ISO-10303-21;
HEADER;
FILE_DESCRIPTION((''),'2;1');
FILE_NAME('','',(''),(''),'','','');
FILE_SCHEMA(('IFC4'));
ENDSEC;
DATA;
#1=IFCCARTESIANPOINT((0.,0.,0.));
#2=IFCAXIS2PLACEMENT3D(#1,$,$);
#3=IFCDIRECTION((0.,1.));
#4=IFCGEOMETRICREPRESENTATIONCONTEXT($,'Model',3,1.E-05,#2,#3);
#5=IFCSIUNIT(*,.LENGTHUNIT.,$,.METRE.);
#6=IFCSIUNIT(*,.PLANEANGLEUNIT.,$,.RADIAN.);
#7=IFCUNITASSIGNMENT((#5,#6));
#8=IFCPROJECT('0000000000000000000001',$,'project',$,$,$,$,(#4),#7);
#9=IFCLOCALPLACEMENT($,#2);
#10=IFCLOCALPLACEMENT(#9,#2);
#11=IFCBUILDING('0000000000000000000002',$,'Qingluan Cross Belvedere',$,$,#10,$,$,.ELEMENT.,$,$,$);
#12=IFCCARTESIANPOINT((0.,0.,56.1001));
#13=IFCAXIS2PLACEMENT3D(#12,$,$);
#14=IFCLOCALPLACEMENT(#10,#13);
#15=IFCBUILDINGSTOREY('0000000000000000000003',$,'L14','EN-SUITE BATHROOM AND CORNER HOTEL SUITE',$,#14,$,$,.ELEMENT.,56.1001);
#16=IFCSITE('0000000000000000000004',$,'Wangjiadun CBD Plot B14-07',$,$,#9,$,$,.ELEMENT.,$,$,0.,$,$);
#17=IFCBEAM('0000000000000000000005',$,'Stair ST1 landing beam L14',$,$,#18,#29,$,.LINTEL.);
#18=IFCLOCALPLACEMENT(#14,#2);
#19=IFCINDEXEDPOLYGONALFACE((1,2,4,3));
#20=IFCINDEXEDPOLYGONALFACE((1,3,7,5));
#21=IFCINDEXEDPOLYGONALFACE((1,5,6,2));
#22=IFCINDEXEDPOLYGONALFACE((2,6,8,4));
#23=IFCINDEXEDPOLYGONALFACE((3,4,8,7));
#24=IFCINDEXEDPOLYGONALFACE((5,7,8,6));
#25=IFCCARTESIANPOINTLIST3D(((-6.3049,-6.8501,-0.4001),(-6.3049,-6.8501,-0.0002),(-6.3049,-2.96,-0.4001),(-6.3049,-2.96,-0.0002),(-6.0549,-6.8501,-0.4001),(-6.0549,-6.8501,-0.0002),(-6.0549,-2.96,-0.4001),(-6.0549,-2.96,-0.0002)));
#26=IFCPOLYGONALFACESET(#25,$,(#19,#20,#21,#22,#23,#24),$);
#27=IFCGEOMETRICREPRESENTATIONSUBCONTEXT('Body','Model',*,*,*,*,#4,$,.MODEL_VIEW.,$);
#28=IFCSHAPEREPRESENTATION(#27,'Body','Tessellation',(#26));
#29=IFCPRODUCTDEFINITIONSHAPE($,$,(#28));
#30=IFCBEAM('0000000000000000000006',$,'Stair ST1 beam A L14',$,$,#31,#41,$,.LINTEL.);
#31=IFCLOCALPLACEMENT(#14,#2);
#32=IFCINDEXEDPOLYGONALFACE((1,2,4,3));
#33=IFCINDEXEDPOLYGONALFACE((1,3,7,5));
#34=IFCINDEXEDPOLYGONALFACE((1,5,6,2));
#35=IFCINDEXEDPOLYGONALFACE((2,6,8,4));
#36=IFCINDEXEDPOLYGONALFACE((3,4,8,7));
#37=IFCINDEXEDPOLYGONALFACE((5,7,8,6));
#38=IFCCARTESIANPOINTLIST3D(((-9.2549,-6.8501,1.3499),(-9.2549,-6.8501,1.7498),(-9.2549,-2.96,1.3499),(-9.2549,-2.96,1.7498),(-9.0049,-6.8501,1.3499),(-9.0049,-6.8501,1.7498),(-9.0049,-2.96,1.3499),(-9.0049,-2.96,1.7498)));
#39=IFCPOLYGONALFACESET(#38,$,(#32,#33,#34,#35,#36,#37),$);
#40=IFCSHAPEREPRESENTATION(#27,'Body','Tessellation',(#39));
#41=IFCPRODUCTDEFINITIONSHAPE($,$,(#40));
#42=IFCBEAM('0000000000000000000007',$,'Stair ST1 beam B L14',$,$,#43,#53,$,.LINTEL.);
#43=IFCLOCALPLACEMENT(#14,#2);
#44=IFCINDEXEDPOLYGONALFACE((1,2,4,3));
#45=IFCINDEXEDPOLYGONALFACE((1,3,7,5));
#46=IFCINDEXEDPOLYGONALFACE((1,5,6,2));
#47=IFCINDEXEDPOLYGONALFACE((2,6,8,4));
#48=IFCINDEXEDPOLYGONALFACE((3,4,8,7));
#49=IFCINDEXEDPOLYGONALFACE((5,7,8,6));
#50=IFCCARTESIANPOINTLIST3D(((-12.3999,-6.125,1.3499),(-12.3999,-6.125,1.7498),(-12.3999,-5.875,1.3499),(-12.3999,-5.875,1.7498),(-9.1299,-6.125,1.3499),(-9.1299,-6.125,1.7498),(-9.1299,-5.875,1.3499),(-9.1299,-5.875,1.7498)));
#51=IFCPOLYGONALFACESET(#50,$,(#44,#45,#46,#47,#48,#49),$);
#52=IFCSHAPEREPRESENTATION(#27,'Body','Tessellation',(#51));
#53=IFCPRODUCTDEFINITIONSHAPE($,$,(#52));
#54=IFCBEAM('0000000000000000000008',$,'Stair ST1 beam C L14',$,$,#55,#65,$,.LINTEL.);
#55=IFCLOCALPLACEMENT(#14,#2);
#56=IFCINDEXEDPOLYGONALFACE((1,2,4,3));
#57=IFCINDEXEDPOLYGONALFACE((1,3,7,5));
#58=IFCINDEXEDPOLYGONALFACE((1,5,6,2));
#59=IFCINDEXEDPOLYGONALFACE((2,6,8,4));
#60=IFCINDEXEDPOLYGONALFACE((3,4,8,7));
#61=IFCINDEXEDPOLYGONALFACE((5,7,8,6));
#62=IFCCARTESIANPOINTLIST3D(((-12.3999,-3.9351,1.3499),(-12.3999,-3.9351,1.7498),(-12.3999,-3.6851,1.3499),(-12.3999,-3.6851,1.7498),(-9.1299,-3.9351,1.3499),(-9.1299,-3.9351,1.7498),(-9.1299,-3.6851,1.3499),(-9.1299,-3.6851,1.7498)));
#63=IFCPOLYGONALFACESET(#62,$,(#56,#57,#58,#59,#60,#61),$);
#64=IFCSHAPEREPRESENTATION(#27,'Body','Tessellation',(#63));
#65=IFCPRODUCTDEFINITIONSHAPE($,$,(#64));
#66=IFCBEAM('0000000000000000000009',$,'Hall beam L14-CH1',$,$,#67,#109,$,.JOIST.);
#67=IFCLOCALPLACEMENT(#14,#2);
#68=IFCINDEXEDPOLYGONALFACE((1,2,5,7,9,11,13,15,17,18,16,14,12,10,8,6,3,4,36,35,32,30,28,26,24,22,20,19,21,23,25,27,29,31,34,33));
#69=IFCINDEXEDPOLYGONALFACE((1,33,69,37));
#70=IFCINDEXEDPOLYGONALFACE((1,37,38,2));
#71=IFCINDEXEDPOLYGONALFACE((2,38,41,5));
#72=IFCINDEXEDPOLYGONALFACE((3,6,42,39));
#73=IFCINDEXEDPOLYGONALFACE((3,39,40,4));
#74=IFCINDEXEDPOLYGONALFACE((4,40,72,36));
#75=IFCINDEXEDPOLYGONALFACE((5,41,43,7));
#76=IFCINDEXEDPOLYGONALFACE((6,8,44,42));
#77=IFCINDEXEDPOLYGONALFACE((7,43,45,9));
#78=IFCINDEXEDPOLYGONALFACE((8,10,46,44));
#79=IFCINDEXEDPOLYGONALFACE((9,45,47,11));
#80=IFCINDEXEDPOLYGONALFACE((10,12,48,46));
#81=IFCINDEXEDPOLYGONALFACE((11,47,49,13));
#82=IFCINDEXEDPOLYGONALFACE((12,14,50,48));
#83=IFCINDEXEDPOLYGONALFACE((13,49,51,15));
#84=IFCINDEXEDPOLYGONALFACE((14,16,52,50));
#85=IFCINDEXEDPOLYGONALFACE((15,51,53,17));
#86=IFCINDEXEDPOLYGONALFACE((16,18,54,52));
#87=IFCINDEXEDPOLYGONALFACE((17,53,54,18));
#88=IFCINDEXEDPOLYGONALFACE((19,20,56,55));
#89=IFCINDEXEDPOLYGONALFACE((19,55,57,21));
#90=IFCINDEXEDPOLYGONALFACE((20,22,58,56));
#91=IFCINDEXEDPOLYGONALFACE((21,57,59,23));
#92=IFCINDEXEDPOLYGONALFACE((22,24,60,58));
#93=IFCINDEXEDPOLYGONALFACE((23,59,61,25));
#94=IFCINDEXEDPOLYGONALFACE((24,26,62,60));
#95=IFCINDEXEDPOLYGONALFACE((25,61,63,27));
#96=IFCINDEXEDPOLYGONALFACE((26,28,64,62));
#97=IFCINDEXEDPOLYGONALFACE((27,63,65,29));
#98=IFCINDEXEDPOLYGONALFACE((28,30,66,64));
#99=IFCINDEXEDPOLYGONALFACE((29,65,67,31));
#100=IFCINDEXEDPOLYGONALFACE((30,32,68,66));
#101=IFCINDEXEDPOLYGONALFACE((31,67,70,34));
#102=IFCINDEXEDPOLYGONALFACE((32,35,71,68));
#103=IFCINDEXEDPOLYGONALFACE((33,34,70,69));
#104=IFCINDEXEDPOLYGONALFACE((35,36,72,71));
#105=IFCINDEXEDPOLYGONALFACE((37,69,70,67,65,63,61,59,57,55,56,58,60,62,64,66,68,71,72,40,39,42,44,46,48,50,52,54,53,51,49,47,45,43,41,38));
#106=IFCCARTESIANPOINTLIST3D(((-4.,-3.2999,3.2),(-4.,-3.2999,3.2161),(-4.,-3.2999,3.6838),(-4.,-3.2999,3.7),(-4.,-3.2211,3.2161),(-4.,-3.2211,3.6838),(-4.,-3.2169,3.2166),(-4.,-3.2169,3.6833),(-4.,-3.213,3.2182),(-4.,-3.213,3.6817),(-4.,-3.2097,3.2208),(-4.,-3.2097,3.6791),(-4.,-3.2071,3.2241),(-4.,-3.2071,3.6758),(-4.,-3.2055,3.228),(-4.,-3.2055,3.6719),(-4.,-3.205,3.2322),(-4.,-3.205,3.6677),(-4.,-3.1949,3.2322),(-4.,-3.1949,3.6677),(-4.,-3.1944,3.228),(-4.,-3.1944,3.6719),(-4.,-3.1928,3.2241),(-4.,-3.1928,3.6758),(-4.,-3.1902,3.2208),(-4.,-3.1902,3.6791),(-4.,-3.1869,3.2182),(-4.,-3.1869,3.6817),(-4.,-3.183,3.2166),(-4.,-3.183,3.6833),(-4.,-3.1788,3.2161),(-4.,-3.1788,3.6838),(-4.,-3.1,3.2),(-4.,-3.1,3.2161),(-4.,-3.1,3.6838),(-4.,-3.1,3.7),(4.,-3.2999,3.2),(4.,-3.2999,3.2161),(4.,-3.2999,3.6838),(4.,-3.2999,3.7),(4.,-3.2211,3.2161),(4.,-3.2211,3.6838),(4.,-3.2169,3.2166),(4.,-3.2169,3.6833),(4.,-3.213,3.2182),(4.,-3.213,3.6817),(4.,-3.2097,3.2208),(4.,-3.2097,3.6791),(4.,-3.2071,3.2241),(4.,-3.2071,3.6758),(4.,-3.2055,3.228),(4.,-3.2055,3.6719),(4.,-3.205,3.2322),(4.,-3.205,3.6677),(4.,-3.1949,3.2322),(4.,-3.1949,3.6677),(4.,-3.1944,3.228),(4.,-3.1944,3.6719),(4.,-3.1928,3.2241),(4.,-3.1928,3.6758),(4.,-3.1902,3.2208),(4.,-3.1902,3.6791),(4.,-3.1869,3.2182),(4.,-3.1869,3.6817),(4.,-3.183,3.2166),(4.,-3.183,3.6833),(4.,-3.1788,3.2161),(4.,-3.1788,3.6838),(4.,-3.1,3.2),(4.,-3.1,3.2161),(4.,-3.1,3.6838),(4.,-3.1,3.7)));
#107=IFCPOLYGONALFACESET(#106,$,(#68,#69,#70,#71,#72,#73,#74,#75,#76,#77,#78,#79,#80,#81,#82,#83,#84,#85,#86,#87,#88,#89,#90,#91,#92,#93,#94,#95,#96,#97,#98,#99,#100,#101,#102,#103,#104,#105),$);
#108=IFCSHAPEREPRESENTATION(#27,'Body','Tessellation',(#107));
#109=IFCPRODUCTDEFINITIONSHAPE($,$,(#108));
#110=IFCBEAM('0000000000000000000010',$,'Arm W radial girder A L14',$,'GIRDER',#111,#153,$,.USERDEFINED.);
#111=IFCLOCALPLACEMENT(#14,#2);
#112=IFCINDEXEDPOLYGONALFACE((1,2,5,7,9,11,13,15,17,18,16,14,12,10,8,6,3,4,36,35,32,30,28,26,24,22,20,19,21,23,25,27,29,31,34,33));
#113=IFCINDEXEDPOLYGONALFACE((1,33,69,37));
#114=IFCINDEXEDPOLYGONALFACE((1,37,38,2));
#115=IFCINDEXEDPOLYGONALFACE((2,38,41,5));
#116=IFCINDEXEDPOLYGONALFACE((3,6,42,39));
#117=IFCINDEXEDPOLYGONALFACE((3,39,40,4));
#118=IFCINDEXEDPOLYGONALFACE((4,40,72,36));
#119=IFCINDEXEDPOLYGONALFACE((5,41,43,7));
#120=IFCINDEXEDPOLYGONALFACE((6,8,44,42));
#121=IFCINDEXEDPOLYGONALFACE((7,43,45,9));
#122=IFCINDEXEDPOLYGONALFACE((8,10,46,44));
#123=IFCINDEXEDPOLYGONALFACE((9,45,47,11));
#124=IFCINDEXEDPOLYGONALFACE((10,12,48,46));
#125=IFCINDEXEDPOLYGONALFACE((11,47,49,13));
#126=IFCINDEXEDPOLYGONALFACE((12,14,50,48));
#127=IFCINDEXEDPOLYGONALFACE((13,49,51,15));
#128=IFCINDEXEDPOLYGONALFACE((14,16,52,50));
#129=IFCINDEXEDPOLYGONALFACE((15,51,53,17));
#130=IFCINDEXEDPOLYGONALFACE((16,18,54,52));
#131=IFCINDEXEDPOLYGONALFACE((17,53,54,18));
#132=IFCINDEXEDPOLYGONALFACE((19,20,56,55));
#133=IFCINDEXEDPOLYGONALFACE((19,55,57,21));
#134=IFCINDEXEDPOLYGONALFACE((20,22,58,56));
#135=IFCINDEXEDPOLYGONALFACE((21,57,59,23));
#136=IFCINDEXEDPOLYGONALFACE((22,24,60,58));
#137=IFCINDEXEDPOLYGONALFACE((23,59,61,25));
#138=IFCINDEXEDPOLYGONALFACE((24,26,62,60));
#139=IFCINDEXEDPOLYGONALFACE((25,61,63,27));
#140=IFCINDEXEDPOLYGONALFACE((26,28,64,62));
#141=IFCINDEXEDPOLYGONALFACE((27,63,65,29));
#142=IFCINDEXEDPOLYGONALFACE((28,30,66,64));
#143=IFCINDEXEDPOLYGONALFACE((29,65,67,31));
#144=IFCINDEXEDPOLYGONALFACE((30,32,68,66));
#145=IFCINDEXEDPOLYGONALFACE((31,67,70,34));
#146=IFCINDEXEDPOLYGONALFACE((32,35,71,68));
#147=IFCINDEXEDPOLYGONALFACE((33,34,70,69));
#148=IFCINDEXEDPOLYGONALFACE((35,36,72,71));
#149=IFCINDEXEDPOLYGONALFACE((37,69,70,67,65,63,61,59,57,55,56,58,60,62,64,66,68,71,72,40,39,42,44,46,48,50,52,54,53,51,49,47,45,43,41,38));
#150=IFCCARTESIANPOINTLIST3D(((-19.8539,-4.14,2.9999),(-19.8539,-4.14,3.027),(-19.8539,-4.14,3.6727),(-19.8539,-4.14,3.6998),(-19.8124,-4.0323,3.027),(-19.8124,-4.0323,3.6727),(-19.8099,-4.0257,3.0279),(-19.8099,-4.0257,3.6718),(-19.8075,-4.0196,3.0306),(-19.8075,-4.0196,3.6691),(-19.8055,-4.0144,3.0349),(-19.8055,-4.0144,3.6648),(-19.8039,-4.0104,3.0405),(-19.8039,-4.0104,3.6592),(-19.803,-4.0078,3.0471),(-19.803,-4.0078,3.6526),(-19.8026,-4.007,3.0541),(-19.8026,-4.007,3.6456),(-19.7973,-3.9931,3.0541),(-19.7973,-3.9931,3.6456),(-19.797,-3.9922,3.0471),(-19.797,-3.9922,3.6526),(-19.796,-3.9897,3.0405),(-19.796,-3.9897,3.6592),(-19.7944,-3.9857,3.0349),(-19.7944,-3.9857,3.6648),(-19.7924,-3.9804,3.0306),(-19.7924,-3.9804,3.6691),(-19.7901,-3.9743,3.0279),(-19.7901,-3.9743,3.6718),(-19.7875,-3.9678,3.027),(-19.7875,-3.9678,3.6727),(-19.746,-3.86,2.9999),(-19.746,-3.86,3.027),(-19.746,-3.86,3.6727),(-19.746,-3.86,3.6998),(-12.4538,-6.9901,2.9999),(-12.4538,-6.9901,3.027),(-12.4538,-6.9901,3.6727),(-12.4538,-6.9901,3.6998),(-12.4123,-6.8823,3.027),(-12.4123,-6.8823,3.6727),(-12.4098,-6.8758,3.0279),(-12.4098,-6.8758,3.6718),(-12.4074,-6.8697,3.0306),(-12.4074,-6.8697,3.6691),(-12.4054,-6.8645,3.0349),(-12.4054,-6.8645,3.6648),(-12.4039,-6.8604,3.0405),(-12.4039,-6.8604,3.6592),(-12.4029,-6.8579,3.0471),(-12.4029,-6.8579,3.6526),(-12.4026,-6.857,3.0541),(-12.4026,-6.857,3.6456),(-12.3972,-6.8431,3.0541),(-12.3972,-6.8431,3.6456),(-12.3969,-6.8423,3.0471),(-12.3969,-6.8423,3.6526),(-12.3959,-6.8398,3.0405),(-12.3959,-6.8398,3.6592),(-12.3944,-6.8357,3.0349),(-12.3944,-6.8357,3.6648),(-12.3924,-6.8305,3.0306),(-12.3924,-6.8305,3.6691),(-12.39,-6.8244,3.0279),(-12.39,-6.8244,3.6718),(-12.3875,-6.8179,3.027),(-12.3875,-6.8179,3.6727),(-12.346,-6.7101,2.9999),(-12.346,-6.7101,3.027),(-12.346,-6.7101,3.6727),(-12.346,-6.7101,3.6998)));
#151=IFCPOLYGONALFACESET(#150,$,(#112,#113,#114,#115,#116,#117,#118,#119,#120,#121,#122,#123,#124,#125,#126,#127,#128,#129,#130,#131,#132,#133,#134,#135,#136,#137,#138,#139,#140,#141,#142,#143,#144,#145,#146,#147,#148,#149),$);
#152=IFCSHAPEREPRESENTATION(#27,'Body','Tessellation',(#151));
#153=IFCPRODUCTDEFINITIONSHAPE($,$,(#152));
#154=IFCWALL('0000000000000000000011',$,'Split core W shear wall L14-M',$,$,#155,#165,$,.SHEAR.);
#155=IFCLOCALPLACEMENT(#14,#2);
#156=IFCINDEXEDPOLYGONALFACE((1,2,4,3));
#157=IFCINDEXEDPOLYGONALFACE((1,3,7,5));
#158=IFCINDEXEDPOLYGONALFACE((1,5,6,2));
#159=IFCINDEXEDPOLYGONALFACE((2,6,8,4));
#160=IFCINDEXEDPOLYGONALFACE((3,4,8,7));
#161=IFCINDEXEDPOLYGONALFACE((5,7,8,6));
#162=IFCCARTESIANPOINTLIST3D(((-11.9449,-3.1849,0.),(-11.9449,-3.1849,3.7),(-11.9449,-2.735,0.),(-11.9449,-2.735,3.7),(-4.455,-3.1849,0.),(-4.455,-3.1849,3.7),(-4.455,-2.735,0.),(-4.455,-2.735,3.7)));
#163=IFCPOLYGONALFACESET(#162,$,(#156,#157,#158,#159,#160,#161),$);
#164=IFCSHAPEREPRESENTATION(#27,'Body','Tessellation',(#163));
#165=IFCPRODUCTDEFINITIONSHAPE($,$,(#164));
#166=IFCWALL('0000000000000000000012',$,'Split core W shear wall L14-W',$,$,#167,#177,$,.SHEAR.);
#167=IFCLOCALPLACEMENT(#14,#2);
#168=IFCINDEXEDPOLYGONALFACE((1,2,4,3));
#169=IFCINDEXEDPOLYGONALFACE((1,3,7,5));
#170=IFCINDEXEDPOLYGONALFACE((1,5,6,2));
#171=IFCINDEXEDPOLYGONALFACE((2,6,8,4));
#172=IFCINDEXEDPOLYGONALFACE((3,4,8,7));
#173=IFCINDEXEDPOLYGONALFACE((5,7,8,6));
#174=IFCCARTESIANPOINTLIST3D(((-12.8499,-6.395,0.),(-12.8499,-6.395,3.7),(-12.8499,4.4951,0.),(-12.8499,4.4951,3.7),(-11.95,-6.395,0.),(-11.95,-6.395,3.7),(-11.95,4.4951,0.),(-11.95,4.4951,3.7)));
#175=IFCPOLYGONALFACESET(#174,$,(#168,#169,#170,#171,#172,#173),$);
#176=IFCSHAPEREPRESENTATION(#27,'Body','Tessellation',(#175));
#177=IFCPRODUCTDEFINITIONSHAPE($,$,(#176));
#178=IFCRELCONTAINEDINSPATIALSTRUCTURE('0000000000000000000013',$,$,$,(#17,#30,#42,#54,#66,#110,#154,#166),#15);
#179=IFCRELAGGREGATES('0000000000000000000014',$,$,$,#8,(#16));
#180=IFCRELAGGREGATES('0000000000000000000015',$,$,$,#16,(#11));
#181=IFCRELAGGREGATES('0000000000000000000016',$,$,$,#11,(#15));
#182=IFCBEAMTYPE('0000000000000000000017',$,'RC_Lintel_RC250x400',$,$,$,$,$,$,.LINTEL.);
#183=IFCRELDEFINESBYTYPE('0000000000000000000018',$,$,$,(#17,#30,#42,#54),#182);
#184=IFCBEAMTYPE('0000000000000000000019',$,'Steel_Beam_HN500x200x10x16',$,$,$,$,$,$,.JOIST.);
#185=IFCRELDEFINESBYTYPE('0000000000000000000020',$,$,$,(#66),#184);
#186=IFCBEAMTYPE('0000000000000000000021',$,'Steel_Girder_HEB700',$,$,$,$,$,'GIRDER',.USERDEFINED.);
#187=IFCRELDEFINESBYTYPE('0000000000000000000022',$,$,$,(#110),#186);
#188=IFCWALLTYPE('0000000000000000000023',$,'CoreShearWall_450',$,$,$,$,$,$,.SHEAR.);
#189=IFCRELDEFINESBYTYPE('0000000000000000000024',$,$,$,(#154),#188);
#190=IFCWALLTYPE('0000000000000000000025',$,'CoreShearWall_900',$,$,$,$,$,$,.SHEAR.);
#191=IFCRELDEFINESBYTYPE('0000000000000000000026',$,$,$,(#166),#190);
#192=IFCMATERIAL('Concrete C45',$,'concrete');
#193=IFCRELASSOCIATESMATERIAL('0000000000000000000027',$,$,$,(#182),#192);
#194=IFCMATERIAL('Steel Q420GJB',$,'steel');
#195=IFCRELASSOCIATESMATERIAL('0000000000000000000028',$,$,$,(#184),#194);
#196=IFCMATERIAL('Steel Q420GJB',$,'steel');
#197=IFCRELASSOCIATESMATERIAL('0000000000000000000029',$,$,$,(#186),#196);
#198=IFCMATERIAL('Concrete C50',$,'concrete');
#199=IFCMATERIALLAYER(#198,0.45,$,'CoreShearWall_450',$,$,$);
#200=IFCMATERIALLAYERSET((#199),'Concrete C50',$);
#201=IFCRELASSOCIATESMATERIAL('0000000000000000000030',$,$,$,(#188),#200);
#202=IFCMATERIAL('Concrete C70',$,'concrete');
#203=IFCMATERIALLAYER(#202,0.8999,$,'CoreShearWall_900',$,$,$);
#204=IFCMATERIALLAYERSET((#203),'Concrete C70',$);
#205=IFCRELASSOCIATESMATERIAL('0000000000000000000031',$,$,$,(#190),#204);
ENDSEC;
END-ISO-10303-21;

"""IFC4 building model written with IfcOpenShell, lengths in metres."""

from ifc_helpers import new_model, si_unit, direction, frame, frame_2d, origin, origin_2d, place, context, subcontext, project, spatial, rectangle, i_section, extrude, material, layer, layer_set, material_profile, profile_set, type_object, element, save


model = new_model("IFC4")

# Units and contexts
model_context = context("Model", 3, precision=1e-05, world=origin(), true_north=direction((0.0, 1.0)))
body_context = subcontext(model_context, "Body", "Model", "MODEL_VIEW")
ifc_project = project(units=[si_unit("LENGTHUNIT", "METRE"), si_unit("PLANEANGLEUNIT", "RADIAN")], contexts=[model_context])

# Site, building, storey
site_placement = place(None, origin())
site = spatial("IfcSite", under=ifc_project, at=site_placement, Name="Wangjiadun CBD Plot B14-07", CompositionType="ELEMENT", RefElevation=0.0)
building_placement = place(site_placement, origin())
building = spatial("IfcBuilding", under=site, at=building_placement, Name="Qingluan Cross Belvedere", CompositionType="ELEMENT")
storey_placement = place(building_placement, frame((0.0, 0.0, 56.1001)))
storey = spatial("IfcBuildingStorey", under=building, at=storey_placement, Name="L14", Description="EN-SUITE BATHROOM AND CORNER HOTEL SUITE", CompositionType="ELEMENT", Elevation=56.1001)

# Beams
ifc_material_1 = material(Name="Concrete C45", Category="concrete")
ifc_material_profile_1 = material_profile(ifc_material_1, rectangle(XDim=0.25, YDim=0.3999, at=origin_2d()), Name="RC250x400")
ifc_profile_set_1 = profile_set([ifc_material_profile_1], Name="Concrete C45")
beam_type_1 = type_object("IfcBeamType", Name="RC_Lintel_RC250x400", PredefinedType="LINTEL", material=ifc_profile_set_1)
for number, where, z_axis, x_axis, name in (
    (1, (-6.1799, -6.8501, -0.2002), (0.0, 1.0, 0.0), (-1.0, 0.0, 0.0), "Stair ST1 landing beam L14"),
    (2, (-9.1299, -6.8501, 1.5498), (0.0, 1.0, 0.0), (-1.0, 0.0, 0.0), "Stair ST1 beam A L14"),
):
    element("IfcBeam", number, at=place(storey_placement, frame(where, z_axis=z_axis, x_axis=x_axis)), inside=storey, type_object=beam_type_1, Name=name, PredefinedType="LINTEL", context=body_context, shape_type="SweptSolid", body=[
        extrude(rectangle(XDim=0.25, YDim=0.3999, at=origin_2d()), origin(), (0.0, 0.0, 1.0), 3.8901),
    ])
for number, where, z_axis, x_axis, name in (
    (3, (-12.3999, -6.0, 1.5498), (1.0, 0.0, 0.0), (0.0, 1.0, 0.0), "Stair ST1 beam B L14"),
    (4, (-12.3999, -3.8101, 1.5498), (1.0, 0.0, 0.0), (0.0, 1.0, 0.0), "Stair ST1 beam C L14"),
):
    element("IfcBeam", number, at=place(storey_placement, frame(where, z_axis=z_axis, x_axis=x_axis)), inside=storey, type_object=beam_type_1, Name=name, PredefinedType="LINTEL", context=body_context, shape_type="SweptSolid", body=[
        extrude(rectangle(XDim=0.25, YDim=0.3999, at=origin_2d()), origin(), (0.0, 0.0, 1.0), 3.27),
    ])
ifc_material_2 = material(Name="Steel Q420GJB", Category="steel")
ifc_material_profile_2 = material_profile(ifc_material_2, i_section(OverallWidth=0.2, OverallDepth=0.5, WebThickness=0.01, FlangeThickness=0.0161, FilletRadius=0.0161, at=origin_2d()), Name="HN500x200x10x16")
ifc_profile_set_2 = profile_set([ifc_material_profile_2], Name="Steel Q420GJB")
beam_type_2 = type_object("IfcBeamType", Name="Steel_Beam_HN500x200x10x16", PredefinedType="JOIST", material=ifc_profile_set_2)
beam_1_placement = place(storey_placement, frame((-4.0, -3.2, 3.45), z_axis=(1.0, 0.0, 0.0), x_axis=(0.0, 1.0, 0.0)))
element("IfcBeam", 5, at=beam_1_placement, inside=storey, type_object=beam_type_2, Name="Hall beam L14-CH1", PredefinedType="JOIST", context=body_context, shape_type="SweptSolid", body=[
    extrude(i_section(OverallWidth=0.2, OverallDepth=0.5, WebThickness=0.01, FlangeThickness=0.0161, FilletRadius=0.0161, at=origin_2d()), origin(), (0.0, 0.0, 1.0), 8.0),
])
ifc_material_3 = material(Name="Steel Q420GJB", Category="steel")
ifc_material_profile_3 = material_profile(ifc_material_3, i_section(OverallWidth=0.3, OverallDepth=0.7, WebThickness=0.0149, FlangeThickness=0.0271, FilletRadius=0.0271, at=origin_2d()), Name="HEB700")
ifc_profile_set_3 = profile_set([ifc_material_profile_3], Name="Steel Q420GJB")
beam_type_3 = type_object("IfcBeamType", Name="Steel_Girder_HEB700", ElementType="GIRDER", PredefinedType="USERDEFINED", material=ifc_profile_set_3)
beam_2_placement = place(storey_placement, frame((-12.3999, -6.8501, 3.3499), z_axis=(-0.933181, 0.359406, 0.0), x_axis=(-0.359406, -0.933181, 0.0)))
element("IfcBeam", 6, at=beam_2_placement, inside=storey, type_object=beam_type_3, Name="Arm W radial girder A L14", ObjectType="GIRDER", PredefinedType="USERDEFINED", context=body_context, shape_type="SweptSolid", body=[
    extrude(i_section(OverallWidth=0.3, OverallDepth=0.7, WebThickness=0.0149, FlangeThickness=0.0271, FilletRadius=0.0271, at=origin_2d()), origin(), (0.0, 0.0, 1.0), 7.9299),
])

# Walls
ifc_material_4 = material(Name="Concrete C50", Category="concrete")
ifc_layer_1 = layer(ifc_material_4, 0.45, Name="CoreShearWall_450")
ifc_layer_set_1 = layer_set([ifc_layer_1], Name="Concrete C50")
wall_type_1 = type_object("IfcWallType", Name="CoreShearWall_450", PredefinedType="SHEAR", material=ifc_layer_set_1)
wall_1_placement = place(storey_placement, frame((-11.9451, -2.96, 0.0), z_axis=(0.0, 0.0, 1.0), x_axis=(1.0, 0.0, 0.0)))
element("IfcWall", 7, at=wall_1_placement, inside=storey, type_object=wall_type_1, Name="Split core W shear wall L14-M", PredefinedType="SHEAR", context=body_context, shape_type="SweptSolid", body=[
    extrude(rectangle(XDim=7.49, YDim=0.45, at=frame_2d((3.7451, 0.0))), origin(), (0.0, 0.0, 1.0), 3.7),
])
ifc_material_5 = material(Name="Concrete C70", Category="concrete")
ifc_layer_2 = layer(ifc_material_5, 0.8999, Name="CoreShearWall_900")
ifc_layer_set_2 = layer_set([ifc_layer_2], Name="Concrete C70")
wall_type_2 = type_object("IfcWallType", Name="CoreShearWall_900", PredefinedType="SHEAR", material=ifc_layer_set_2)
wall_2_placement = place(storey_placement, frame((-12.3999, -6.395, 0.0), z_axis=(0.0, 0.0, 1.0), x_axis=(0.0, 1.0, 0.0)))
element("IfcWall", 8, at=wall_2_placement, inside=storey, type_object=wall_type_2, Name="Split core W shear wall L14-W", PredefinedType="SHEAR", context=body_context, shape_type="SweptSolid", body=[
    extrude(rectangle(XDim=10.8901, YDim=0.8999, at=frame_2d((5.4451, 0.0))), origin(), (0.0, 0.0, 1.0), 3.7),
])

save(model, "model.ifc")
